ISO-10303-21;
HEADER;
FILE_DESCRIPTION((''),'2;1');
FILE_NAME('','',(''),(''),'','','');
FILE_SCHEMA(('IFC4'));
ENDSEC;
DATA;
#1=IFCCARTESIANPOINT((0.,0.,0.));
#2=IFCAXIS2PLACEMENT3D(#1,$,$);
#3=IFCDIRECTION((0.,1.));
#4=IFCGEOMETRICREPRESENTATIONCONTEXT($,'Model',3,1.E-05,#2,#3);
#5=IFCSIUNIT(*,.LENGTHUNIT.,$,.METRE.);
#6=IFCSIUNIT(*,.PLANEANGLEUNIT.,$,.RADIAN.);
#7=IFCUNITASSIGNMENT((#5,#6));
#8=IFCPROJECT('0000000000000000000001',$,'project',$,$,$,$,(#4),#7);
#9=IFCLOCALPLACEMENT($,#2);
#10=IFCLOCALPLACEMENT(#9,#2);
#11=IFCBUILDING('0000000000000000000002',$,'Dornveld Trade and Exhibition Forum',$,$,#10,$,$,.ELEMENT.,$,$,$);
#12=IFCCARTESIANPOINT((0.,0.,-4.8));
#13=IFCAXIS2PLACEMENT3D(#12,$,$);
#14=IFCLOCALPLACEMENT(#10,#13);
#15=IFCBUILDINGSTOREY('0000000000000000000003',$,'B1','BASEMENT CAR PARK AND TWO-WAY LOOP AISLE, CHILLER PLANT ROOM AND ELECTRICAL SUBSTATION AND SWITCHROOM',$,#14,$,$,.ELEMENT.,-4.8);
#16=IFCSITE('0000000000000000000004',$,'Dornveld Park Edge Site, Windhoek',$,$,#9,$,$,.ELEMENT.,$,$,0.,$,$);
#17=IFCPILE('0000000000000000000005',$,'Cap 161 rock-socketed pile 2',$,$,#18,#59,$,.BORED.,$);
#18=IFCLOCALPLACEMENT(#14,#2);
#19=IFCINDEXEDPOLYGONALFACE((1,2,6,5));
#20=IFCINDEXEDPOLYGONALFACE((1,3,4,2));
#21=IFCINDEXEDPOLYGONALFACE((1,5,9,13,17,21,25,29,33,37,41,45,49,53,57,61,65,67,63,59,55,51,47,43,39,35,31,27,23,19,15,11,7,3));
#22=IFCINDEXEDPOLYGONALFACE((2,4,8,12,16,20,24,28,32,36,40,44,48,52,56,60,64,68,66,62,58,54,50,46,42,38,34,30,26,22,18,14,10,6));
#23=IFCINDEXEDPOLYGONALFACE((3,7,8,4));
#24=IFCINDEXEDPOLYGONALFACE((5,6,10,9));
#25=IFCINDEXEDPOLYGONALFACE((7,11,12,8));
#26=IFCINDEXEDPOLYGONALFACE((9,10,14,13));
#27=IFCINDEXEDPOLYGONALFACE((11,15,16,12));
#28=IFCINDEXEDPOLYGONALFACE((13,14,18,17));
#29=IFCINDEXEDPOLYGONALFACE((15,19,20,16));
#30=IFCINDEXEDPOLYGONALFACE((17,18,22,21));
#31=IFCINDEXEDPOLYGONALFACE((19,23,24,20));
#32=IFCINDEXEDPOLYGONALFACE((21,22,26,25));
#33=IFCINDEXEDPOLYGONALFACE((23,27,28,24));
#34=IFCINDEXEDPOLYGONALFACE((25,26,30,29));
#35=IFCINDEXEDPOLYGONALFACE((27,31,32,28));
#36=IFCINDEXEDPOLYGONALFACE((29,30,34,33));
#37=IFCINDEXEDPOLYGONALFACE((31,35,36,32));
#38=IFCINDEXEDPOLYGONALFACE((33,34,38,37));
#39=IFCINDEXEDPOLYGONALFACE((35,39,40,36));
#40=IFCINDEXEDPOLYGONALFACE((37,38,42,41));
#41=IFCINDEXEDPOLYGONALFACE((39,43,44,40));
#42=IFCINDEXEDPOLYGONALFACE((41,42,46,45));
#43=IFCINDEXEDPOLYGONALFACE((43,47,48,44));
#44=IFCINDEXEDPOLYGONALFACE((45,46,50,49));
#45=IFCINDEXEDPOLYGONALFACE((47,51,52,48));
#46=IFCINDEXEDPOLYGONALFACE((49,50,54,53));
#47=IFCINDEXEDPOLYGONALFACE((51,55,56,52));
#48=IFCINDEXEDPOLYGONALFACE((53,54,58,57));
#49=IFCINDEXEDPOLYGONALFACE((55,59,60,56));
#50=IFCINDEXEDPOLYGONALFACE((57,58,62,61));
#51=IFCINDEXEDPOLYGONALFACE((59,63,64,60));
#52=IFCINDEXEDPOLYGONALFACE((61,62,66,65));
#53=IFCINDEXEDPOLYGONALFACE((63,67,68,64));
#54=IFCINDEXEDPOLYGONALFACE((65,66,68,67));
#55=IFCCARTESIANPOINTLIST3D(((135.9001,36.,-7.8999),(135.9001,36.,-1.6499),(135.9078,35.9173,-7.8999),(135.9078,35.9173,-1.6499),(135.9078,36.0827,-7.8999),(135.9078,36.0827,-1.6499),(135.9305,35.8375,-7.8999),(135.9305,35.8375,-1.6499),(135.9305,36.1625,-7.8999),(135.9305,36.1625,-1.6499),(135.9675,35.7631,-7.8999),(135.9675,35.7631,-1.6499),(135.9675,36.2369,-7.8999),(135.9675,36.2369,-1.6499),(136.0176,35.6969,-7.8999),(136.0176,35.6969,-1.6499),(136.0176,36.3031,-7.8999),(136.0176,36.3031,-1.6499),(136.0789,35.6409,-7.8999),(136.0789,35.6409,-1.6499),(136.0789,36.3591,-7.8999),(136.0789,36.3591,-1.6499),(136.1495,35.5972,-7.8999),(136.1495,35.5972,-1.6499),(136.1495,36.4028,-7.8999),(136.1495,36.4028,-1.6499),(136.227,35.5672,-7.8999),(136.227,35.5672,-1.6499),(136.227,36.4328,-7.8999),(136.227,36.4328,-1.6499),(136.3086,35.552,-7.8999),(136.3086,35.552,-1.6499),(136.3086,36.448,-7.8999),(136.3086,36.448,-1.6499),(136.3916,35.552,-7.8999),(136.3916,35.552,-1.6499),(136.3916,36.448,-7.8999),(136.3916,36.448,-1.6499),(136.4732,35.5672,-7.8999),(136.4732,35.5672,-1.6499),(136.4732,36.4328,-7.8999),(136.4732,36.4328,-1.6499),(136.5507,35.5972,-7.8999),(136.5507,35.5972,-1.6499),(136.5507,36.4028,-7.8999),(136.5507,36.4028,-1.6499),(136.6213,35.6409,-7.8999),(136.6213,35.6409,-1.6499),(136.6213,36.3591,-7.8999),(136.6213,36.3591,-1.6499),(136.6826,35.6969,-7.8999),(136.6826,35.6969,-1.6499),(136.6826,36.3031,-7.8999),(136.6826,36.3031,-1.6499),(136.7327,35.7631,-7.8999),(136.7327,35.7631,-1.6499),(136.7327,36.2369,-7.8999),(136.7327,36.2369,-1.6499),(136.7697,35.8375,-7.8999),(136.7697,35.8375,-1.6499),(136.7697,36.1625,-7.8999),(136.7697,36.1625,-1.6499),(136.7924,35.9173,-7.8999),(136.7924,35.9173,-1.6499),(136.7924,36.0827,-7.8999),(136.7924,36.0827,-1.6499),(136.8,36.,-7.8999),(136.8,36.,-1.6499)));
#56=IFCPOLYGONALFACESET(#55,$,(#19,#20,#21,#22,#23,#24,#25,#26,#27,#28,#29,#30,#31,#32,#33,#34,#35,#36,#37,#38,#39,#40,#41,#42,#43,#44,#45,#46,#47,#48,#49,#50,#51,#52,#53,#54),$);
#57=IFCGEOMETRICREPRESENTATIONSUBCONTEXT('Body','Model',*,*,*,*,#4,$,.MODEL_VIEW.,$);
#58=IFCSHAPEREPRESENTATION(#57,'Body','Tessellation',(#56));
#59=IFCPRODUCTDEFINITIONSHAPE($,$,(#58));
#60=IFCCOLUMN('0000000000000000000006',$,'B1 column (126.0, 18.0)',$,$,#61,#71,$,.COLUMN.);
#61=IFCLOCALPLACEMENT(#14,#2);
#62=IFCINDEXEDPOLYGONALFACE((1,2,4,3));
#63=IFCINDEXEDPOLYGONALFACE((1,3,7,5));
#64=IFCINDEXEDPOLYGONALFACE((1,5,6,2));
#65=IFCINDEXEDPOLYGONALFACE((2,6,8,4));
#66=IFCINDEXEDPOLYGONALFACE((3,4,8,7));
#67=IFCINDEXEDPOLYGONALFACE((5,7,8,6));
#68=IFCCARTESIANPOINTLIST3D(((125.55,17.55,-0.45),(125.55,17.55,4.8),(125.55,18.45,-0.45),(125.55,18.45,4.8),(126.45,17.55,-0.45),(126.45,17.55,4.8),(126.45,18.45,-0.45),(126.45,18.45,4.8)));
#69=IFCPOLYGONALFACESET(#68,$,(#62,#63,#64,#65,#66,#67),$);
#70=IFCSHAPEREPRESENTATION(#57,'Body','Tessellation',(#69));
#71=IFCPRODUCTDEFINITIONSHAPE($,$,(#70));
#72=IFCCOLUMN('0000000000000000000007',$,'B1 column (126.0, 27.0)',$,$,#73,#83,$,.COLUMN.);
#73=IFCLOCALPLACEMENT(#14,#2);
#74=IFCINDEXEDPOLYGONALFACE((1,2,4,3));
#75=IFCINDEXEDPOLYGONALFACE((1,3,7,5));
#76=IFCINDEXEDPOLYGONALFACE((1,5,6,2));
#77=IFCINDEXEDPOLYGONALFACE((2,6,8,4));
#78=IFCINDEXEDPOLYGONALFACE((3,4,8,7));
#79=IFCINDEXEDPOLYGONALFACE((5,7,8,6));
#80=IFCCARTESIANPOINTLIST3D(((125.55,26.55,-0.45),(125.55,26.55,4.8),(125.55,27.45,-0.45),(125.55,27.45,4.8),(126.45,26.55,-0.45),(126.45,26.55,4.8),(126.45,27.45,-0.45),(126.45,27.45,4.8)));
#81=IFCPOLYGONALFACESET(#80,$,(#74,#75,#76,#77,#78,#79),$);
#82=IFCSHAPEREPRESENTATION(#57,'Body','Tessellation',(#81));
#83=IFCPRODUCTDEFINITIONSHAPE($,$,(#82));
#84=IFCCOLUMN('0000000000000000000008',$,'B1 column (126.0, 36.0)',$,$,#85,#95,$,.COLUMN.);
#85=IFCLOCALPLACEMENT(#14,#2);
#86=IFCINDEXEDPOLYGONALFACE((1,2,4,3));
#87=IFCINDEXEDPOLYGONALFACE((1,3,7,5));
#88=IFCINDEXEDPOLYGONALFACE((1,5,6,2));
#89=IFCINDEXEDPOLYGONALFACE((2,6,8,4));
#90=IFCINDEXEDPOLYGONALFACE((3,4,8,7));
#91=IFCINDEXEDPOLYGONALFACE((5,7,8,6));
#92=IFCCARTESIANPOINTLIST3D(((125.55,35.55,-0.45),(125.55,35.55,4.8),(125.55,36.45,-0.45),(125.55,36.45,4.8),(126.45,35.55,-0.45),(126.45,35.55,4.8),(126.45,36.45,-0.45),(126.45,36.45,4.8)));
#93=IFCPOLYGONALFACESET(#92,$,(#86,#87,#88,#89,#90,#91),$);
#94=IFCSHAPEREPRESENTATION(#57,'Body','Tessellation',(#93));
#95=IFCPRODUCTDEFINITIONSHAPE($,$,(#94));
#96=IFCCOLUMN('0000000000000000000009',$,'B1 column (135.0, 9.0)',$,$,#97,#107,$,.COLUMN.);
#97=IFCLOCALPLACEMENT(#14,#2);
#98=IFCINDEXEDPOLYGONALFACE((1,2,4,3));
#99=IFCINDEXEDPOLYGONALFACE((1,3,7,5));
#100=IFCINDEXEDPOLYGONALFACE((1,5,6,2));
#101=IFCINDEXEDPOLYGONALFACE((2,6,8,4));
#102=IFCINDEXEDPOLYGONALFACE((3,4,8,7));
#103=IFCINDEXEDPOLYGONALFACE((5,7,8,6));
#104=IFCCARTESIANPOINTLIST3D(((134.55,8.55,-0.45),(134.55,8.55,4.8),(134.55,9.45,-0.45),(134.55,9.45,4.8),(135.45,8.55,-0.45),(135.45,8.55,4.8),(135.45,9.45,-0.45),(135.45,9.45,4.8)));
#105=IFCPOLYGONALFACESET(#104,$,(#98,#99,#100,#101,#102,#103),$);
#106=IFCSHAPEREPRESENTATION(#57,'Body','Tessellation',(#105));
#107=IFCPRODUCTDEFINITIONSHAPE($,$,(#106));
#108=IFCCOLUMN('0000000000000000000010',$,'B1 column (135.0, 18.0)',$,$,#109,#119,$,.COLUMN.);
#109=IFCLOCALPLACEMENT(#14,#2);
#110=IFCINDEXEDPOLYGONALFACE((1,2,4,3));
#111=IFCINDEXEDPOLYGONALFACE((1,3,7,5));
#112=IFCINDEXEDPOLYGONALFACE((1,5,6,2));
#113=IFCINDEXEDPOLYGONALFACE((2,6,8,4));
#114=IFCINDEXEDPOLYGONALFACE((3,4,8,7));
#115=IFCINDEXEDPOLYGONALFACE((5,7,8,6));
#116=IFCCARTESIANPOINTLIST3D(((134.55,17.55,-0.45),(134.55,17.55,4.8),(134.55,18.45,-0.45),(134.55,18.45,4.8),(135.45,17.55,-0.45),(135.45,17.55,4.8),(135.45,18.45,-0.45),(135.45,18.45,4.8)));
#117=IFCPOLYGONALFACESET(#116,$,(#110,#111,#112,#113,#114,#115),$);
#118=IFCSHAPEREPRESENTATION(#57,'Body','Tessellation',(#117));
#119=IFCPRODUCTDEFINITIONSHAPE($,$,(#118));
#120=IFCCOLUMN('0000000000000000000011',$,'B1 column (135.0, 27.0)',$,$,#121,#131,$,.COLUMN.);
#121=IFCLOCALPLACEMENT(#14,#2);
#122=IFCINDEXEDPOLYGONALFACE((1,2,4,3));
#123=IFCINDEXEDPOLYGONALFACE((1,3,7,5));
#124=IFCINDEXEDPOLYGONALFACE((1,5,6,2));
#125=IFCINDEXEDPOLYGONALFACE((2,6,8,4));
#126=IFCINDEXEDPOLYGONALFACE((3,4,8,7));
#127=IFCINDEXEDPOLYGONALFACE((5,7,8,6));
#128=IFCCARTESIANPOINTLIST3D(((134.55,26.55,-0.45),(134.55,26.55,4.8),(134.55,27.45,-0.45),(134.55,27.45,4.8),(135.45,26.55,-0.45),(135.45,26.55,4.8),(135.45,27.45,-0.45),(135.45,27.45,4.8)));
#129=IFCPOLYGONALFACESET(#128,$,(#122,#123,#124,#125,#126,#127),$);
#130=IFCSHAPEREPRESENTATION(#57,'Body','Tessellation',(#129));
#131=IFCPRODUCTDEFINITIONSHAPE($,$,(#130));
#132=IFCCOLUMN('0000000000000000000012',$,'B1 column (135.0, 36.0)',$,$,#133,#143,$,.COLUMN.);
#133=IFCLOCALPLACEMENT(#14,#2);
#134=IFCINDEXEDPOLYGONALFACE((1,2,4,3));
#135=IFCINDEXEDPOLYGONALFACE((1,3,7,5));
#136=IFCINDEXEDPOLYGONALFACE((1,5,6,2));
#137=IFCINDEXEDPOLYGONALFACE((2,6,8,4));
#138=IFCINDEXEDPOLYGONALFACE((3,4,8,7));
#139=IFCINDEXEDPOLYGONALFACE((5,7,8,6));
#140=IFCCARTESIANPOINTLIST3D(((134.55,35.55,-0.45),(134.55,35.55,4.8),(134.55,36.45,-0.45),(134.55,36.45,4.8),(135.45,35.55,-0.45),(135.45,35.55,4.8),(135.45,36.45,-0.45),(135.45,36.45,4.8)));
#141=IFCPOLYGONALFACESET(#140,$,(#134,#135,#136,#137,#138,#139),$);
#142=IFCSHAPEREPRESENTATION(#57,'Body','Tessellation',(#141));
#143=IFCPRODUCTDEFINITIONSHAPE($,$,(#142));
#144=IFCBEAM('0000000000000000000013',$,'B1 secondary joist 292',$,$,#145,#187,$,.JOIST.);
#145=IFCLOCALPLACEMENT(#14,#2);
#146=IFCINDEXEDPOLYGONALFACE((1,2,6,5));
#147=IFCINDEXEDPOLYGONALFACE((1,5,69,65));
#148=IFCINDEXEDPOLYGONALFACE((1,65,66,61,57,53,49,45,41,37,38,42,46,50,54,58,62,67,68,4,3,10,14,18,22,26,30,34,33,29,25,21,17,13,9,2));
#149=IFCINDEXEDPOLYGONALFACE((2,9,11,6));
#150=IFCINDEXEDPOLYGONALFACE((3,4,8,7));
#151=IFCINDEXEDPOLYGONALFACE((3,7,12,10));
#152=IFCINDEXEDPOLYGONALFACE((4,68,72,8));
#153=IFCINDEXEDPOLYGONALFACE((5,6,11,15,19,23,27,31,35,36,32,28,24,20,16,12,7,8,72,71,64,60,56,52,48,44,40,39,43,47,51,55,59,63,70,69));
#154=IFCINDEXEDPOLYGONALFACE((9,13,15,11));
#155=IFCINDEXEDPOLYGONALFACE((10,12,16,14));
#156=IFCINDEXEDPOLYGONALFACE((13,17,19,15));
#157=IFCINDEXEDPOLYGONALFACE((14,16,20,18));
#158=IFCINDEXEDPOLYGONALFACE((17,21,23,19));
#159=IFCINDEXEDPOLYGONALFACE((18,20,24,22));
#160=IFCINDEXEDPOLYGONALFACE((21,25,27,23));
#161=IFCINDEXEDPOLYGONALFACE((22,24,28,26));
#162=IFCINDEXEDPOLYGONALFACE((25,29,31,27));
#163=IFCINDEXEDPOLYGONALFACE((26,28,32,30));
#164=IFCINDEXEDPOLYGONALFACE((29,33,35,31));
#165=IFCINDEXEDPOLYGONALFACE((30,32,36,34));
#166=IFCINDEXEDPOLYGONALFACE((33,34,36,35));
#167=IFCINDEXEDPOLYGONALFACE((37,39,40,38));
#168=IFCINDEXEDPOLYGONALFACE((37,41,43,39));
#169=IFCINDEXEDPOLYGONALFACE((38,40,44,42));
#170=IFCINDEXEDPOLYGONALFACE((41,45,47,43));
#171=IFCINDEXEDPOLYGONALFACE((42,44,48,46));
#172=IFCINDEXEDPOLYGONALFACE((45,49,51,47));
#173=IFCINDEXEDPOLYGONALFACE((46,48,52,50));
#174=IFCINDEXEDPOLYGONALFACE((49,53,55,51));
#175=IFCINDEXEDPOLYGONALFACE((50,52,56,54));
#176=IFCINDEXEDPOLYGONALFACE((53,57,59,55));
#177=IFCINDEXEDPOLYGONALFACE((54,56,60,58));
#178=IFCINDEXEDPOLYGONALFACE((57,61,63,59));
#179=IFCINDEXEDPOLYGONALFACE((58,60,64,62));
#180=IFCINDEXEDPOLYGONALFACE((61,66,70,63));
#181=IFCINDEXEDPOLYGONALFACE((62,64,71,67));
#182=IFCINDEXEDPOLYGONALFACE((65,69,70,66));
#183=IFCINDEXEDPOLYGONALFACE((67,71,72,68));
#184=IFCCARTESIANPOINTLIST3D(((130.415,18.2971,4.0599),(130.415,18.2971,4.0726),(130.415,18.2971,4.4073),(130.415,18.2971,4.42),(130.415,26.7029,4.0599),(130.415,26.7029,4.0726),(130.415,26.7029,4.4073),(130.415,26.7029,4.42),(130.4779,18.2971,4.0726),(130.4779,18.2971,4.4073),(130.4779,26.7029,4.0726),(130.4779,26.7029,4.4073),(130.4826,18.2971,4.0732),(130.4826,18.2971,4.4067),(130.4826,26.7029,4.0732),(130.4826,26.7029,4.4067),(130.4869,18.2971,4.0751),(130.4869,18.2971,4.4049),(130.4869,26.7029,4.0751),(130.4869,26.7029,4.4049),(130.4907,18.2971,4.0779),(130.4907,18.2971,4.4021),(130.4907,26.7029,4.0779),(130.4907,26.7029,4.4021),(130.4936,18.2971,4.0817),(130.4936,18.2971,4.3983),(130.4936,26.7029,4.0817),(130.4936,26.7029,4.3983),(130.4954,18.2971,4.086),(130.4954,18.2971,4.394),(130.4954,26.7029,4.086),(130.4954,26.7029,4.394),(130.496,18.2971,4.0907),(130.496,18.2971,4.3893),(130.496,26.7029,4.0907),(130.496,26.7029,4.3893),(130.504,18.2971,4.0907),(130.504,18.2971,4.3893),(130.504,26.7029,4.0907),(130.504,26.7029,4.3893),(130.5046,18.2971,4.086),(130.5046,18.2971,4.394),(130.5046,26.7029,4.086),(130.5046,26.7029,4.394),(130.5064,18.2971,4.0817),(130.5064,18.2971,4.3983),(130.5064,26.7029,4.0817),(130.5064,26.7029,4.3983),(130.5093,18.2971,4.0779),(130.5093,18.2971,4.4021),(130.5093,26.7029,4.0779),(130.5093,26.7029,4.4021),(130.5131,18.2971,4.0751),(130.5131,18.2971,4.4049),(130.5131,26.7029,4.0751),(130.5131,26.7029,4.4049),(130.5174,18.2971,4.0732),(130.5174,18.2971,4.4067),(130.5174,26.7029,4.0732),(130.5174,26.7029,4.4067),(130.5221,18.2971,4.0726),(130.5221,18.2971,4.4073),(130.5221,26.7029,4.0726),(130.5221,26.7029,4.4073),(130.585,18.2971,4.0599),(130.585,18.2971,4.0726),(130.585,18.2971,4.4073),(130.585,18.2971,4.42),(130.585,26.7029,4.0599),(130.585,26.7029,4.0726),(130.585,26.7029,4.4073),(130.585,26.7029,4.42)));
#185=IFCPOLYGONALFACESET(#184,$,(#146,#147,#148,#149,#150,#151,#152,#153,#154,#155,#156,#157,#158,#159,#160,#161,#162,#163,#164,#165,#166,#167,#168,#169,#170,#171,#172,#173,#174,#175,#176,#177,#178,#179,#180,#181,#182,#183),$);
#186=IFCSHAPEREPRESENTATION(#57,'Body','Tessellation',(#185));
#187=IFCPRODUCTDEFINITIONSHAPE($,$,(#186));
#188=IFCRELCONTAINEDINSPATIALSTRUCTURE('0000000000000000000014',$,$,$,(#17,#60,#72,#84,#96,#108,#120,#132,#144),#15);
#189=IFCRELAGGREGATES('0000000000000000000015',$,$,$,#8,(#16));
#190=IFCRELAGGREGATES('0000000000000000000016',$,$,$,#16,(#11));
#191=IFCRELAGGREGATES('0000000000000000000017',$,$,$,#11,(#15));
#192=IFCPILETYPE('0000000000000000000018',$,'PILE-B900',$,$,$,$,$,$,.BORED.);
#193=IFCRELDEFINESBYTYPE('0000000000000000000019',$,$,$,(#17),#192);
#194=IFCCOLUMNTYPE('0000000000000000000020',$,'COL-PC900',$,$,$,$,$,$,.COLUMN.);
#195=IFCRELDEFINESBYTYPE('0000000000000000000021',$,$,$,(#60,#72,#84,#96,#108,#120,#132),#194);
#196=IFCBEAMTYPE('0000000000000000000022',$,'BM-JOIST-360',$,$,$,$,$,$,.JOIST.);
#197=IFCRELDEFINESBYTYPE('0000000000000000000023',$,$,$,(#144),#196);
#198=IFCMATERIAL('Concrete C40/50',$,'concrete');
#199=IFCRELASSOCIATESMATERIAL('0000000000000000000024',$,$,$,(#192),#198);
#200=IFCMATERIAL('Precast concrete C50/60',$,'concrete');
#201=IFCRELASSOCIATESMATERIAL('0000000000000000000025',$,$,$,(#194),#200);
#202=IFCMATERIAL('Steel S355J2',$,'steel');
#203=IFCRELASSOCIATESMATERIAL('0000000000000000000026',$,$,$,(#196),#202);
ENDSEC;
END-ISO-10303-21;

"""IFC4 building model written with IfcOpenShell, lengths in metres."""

from ifc_helpers import new_model, si_unit, direction, frame, origin, origin_2d, place, context, subcontext, project, spatial, rectangle, circle, i_section, extrude, material, material_profile, profile_set, type_object, element, save


model = new_model("IFC4")

# Units and contexts
model_context = context("Model", 3, precision=1e-05, world=origin(), true_north=direction((0.0, 1.0)))
body_context = subcontext(model_context, "Body", "Model", "MODEL_VIEW")
ifc_project = project(units=[si_unit("LENGTHUNIT", "METRE"), si_unit("PLANEANGLEUNIT", "RADIAN")], contexts=[model_context])

# Site, building, storey
site_placement = place(None, origin())
site = spatial("IfcSite", under=ifc_project, at=site_placement, Name="Dornveld Park Edge Site, Windhoek", CompositionType="ELEMENT", RefElevation=0.0)
building_placement = place(site_placement, origin())
building = spatial("IfcBuilding", under=site, at=building_placement, Name="Dornveld Trade and Exhibition Forum", CompositionType="ELEMENT")
storey_placement = place(building_placement, frame((0.0, 0.0, -4.8)))
storey = spatial("IfcBuildingStorey", under=building, at=storey_placement, Name="B1", Description="BASEMENT CAR PARK AND TWO-WAY LOOP AISLE, CHILLER PLANT ROOM AND ELECTRICAL SUBSTATION AND SWITCHROOM", CompositionType="ELEMENT", Elevation=-4.8)

# Pile
ifc_material_1 = material(Name="Concrete C40/50", Category="concrete")
ifc_material_profile_1 = material_profile(ifc_material_1, circle(Radius=0.45, at=origin_2d()), Name="PILE D900")
ifc_profile_set_1 = profile_set([ifc_material_profile_1], Name="Concrete C40/50")
pile_type = type_object("IfcPileType", Name="PILE-B900", PredefinedType="BORED", material=ifc_profile_set_1)
for number, where, z_axis, x_axis, name in (
    (1, (136.3501, 36.0, -1.6499), (0.0, 0.0, -1.0), (1.0, 0.0, 0.0), "Cap 161 rock-socketed pile 2"),
):
    element("IfcPile", number, at=place(storey_placement, frame(where, z_axis=z_axis, x_axis=x_axis)), inside=storey, type_object=pile_type, Name=name, PredefinedType="BORED", context=body_context, shape_type="SweptSolid", body=[
        extrude(circle(Radius=0.45, at=origin_2d()), origin(), (0.0, 0.0, 1.0), 6.25),
    ])

# Columns
ifc_material_2 = material(Name="Precast concrete C50/60", Category="concrete")
ifc_material_profile_2 = material_profile(ifc_material_2, rectangle(XDim=0.8999, YDim=0.8999, at=origin_2d()), Name="PC-COL 900x900")
ifc_profile_set_2 = profile_set([ifc_material_profile_2], Name="Precast concrete C50/60")
column_type = type_object("IfcColumnType", Name="COL-PC900", PredefinedType="COLUMN", material=ifc_profile_set_2)
for number, where, z_axis, x_axis, name in (
    (2, (126.0, 18.0, -0.45), (0.0, 0.0, 1.0), (1.0, 0.0, 0.0), "B1 column (126.0, 18.0)"),
    (3, (126.0, 27.0, -0.45), (0.0, 0.0, 1.0), (1.0, 0.0, 0.0), "B1 column (126.0, 27.0)"),
    (4, (126.0, 36.0, -0.45), (0.0, 0.0, 1.0), (1.0, 0.0, 0.0), "B1 column (126.0, 36.0)"),
    (5, (135.0, 9.0, -0.45), (0.0, 0.0, 1.0), (1.0, 0.0, 0.0), "B1 column (135.0, 9.0)"),
    (6, (135.0, 18.0, -0.45), (0.0, 0.0, 1.0), (1.0, 0.0, 0.0), "B1 column (135.0, 18.0)"),
    (7, (135.0, 27.0, -0.45), (0.0, 0.0, 1.0), (1.0, 0.0, 0.0), "B1 column (135.0, 27.0)"),
    (8, (135.0, 36.0, -0.45), (0.0, 0.0, 1.0), (1.0, 0.0, 0.0), "B1 column (135.0, 36.0)"),
):
    element("IfcColumn", number, at=place(storey_placement, frame(where, z_axis=z_axis, x_axis=x_axis)), inside=storey, type_object=column_type, Name=name, PredefinedType="COLUMN", context=body_context, shape_type="SweptSolid", body=[
        extrude(rectangle(XDim=0.8999, YDim=0.8999, at=origin_2d()), origin(), (0.0, 0.0, 1.0), 5.25),
    ])

# Beam
ifc_material_3 = material(Name="Steel S355J2", Category="steel")
ifc_material_profile_3 = material_profile(ifc_material_3, i_section(OverallWidth=0.1699, OverallDepth=0.3601, WebThickness=0.0081, FlangeThickness=0.0127, FilletRadius=0.0181, at=origin_2d()), Name="IPE 360")
ifc_profile_set_3 = profile_set([ifc_material_profile_3], Name="Steel S355J2")
beam_type_1 = type_object("IfcBeamType", Name="BM-JOIST-360", PredefinedType="JOIST", material=ifc_profile_set_3)
for number, where, z_axis, x_axis, name in (
    (9, (130.5, 18.2971, 4.24), (0.0, 1.0, 0.0), (-1.0, 0.0, 0.0), "B1 secondary joist 292"),
):
    element("IfcBeam", number, at=place(storey_placement, frame(where, z_axis=z_axis, x_axis=x_axis)), inside=storey, type_object=beam_type_1, Name=name, PredefinedType="JOIST", context=body_context, shape_type="SweptSolid", body=[
        extrude(i_section(OverallWidth=0.1699, OverallDepth=0.3601, WebThickness=0.0081, FlangeThickness=0.0127, FilletRadius=0.0181, at=origin_2d()), origin(), (0.0, 0.0, 1.0), 8.4058),
    ])

save(model, "model.ifc")
